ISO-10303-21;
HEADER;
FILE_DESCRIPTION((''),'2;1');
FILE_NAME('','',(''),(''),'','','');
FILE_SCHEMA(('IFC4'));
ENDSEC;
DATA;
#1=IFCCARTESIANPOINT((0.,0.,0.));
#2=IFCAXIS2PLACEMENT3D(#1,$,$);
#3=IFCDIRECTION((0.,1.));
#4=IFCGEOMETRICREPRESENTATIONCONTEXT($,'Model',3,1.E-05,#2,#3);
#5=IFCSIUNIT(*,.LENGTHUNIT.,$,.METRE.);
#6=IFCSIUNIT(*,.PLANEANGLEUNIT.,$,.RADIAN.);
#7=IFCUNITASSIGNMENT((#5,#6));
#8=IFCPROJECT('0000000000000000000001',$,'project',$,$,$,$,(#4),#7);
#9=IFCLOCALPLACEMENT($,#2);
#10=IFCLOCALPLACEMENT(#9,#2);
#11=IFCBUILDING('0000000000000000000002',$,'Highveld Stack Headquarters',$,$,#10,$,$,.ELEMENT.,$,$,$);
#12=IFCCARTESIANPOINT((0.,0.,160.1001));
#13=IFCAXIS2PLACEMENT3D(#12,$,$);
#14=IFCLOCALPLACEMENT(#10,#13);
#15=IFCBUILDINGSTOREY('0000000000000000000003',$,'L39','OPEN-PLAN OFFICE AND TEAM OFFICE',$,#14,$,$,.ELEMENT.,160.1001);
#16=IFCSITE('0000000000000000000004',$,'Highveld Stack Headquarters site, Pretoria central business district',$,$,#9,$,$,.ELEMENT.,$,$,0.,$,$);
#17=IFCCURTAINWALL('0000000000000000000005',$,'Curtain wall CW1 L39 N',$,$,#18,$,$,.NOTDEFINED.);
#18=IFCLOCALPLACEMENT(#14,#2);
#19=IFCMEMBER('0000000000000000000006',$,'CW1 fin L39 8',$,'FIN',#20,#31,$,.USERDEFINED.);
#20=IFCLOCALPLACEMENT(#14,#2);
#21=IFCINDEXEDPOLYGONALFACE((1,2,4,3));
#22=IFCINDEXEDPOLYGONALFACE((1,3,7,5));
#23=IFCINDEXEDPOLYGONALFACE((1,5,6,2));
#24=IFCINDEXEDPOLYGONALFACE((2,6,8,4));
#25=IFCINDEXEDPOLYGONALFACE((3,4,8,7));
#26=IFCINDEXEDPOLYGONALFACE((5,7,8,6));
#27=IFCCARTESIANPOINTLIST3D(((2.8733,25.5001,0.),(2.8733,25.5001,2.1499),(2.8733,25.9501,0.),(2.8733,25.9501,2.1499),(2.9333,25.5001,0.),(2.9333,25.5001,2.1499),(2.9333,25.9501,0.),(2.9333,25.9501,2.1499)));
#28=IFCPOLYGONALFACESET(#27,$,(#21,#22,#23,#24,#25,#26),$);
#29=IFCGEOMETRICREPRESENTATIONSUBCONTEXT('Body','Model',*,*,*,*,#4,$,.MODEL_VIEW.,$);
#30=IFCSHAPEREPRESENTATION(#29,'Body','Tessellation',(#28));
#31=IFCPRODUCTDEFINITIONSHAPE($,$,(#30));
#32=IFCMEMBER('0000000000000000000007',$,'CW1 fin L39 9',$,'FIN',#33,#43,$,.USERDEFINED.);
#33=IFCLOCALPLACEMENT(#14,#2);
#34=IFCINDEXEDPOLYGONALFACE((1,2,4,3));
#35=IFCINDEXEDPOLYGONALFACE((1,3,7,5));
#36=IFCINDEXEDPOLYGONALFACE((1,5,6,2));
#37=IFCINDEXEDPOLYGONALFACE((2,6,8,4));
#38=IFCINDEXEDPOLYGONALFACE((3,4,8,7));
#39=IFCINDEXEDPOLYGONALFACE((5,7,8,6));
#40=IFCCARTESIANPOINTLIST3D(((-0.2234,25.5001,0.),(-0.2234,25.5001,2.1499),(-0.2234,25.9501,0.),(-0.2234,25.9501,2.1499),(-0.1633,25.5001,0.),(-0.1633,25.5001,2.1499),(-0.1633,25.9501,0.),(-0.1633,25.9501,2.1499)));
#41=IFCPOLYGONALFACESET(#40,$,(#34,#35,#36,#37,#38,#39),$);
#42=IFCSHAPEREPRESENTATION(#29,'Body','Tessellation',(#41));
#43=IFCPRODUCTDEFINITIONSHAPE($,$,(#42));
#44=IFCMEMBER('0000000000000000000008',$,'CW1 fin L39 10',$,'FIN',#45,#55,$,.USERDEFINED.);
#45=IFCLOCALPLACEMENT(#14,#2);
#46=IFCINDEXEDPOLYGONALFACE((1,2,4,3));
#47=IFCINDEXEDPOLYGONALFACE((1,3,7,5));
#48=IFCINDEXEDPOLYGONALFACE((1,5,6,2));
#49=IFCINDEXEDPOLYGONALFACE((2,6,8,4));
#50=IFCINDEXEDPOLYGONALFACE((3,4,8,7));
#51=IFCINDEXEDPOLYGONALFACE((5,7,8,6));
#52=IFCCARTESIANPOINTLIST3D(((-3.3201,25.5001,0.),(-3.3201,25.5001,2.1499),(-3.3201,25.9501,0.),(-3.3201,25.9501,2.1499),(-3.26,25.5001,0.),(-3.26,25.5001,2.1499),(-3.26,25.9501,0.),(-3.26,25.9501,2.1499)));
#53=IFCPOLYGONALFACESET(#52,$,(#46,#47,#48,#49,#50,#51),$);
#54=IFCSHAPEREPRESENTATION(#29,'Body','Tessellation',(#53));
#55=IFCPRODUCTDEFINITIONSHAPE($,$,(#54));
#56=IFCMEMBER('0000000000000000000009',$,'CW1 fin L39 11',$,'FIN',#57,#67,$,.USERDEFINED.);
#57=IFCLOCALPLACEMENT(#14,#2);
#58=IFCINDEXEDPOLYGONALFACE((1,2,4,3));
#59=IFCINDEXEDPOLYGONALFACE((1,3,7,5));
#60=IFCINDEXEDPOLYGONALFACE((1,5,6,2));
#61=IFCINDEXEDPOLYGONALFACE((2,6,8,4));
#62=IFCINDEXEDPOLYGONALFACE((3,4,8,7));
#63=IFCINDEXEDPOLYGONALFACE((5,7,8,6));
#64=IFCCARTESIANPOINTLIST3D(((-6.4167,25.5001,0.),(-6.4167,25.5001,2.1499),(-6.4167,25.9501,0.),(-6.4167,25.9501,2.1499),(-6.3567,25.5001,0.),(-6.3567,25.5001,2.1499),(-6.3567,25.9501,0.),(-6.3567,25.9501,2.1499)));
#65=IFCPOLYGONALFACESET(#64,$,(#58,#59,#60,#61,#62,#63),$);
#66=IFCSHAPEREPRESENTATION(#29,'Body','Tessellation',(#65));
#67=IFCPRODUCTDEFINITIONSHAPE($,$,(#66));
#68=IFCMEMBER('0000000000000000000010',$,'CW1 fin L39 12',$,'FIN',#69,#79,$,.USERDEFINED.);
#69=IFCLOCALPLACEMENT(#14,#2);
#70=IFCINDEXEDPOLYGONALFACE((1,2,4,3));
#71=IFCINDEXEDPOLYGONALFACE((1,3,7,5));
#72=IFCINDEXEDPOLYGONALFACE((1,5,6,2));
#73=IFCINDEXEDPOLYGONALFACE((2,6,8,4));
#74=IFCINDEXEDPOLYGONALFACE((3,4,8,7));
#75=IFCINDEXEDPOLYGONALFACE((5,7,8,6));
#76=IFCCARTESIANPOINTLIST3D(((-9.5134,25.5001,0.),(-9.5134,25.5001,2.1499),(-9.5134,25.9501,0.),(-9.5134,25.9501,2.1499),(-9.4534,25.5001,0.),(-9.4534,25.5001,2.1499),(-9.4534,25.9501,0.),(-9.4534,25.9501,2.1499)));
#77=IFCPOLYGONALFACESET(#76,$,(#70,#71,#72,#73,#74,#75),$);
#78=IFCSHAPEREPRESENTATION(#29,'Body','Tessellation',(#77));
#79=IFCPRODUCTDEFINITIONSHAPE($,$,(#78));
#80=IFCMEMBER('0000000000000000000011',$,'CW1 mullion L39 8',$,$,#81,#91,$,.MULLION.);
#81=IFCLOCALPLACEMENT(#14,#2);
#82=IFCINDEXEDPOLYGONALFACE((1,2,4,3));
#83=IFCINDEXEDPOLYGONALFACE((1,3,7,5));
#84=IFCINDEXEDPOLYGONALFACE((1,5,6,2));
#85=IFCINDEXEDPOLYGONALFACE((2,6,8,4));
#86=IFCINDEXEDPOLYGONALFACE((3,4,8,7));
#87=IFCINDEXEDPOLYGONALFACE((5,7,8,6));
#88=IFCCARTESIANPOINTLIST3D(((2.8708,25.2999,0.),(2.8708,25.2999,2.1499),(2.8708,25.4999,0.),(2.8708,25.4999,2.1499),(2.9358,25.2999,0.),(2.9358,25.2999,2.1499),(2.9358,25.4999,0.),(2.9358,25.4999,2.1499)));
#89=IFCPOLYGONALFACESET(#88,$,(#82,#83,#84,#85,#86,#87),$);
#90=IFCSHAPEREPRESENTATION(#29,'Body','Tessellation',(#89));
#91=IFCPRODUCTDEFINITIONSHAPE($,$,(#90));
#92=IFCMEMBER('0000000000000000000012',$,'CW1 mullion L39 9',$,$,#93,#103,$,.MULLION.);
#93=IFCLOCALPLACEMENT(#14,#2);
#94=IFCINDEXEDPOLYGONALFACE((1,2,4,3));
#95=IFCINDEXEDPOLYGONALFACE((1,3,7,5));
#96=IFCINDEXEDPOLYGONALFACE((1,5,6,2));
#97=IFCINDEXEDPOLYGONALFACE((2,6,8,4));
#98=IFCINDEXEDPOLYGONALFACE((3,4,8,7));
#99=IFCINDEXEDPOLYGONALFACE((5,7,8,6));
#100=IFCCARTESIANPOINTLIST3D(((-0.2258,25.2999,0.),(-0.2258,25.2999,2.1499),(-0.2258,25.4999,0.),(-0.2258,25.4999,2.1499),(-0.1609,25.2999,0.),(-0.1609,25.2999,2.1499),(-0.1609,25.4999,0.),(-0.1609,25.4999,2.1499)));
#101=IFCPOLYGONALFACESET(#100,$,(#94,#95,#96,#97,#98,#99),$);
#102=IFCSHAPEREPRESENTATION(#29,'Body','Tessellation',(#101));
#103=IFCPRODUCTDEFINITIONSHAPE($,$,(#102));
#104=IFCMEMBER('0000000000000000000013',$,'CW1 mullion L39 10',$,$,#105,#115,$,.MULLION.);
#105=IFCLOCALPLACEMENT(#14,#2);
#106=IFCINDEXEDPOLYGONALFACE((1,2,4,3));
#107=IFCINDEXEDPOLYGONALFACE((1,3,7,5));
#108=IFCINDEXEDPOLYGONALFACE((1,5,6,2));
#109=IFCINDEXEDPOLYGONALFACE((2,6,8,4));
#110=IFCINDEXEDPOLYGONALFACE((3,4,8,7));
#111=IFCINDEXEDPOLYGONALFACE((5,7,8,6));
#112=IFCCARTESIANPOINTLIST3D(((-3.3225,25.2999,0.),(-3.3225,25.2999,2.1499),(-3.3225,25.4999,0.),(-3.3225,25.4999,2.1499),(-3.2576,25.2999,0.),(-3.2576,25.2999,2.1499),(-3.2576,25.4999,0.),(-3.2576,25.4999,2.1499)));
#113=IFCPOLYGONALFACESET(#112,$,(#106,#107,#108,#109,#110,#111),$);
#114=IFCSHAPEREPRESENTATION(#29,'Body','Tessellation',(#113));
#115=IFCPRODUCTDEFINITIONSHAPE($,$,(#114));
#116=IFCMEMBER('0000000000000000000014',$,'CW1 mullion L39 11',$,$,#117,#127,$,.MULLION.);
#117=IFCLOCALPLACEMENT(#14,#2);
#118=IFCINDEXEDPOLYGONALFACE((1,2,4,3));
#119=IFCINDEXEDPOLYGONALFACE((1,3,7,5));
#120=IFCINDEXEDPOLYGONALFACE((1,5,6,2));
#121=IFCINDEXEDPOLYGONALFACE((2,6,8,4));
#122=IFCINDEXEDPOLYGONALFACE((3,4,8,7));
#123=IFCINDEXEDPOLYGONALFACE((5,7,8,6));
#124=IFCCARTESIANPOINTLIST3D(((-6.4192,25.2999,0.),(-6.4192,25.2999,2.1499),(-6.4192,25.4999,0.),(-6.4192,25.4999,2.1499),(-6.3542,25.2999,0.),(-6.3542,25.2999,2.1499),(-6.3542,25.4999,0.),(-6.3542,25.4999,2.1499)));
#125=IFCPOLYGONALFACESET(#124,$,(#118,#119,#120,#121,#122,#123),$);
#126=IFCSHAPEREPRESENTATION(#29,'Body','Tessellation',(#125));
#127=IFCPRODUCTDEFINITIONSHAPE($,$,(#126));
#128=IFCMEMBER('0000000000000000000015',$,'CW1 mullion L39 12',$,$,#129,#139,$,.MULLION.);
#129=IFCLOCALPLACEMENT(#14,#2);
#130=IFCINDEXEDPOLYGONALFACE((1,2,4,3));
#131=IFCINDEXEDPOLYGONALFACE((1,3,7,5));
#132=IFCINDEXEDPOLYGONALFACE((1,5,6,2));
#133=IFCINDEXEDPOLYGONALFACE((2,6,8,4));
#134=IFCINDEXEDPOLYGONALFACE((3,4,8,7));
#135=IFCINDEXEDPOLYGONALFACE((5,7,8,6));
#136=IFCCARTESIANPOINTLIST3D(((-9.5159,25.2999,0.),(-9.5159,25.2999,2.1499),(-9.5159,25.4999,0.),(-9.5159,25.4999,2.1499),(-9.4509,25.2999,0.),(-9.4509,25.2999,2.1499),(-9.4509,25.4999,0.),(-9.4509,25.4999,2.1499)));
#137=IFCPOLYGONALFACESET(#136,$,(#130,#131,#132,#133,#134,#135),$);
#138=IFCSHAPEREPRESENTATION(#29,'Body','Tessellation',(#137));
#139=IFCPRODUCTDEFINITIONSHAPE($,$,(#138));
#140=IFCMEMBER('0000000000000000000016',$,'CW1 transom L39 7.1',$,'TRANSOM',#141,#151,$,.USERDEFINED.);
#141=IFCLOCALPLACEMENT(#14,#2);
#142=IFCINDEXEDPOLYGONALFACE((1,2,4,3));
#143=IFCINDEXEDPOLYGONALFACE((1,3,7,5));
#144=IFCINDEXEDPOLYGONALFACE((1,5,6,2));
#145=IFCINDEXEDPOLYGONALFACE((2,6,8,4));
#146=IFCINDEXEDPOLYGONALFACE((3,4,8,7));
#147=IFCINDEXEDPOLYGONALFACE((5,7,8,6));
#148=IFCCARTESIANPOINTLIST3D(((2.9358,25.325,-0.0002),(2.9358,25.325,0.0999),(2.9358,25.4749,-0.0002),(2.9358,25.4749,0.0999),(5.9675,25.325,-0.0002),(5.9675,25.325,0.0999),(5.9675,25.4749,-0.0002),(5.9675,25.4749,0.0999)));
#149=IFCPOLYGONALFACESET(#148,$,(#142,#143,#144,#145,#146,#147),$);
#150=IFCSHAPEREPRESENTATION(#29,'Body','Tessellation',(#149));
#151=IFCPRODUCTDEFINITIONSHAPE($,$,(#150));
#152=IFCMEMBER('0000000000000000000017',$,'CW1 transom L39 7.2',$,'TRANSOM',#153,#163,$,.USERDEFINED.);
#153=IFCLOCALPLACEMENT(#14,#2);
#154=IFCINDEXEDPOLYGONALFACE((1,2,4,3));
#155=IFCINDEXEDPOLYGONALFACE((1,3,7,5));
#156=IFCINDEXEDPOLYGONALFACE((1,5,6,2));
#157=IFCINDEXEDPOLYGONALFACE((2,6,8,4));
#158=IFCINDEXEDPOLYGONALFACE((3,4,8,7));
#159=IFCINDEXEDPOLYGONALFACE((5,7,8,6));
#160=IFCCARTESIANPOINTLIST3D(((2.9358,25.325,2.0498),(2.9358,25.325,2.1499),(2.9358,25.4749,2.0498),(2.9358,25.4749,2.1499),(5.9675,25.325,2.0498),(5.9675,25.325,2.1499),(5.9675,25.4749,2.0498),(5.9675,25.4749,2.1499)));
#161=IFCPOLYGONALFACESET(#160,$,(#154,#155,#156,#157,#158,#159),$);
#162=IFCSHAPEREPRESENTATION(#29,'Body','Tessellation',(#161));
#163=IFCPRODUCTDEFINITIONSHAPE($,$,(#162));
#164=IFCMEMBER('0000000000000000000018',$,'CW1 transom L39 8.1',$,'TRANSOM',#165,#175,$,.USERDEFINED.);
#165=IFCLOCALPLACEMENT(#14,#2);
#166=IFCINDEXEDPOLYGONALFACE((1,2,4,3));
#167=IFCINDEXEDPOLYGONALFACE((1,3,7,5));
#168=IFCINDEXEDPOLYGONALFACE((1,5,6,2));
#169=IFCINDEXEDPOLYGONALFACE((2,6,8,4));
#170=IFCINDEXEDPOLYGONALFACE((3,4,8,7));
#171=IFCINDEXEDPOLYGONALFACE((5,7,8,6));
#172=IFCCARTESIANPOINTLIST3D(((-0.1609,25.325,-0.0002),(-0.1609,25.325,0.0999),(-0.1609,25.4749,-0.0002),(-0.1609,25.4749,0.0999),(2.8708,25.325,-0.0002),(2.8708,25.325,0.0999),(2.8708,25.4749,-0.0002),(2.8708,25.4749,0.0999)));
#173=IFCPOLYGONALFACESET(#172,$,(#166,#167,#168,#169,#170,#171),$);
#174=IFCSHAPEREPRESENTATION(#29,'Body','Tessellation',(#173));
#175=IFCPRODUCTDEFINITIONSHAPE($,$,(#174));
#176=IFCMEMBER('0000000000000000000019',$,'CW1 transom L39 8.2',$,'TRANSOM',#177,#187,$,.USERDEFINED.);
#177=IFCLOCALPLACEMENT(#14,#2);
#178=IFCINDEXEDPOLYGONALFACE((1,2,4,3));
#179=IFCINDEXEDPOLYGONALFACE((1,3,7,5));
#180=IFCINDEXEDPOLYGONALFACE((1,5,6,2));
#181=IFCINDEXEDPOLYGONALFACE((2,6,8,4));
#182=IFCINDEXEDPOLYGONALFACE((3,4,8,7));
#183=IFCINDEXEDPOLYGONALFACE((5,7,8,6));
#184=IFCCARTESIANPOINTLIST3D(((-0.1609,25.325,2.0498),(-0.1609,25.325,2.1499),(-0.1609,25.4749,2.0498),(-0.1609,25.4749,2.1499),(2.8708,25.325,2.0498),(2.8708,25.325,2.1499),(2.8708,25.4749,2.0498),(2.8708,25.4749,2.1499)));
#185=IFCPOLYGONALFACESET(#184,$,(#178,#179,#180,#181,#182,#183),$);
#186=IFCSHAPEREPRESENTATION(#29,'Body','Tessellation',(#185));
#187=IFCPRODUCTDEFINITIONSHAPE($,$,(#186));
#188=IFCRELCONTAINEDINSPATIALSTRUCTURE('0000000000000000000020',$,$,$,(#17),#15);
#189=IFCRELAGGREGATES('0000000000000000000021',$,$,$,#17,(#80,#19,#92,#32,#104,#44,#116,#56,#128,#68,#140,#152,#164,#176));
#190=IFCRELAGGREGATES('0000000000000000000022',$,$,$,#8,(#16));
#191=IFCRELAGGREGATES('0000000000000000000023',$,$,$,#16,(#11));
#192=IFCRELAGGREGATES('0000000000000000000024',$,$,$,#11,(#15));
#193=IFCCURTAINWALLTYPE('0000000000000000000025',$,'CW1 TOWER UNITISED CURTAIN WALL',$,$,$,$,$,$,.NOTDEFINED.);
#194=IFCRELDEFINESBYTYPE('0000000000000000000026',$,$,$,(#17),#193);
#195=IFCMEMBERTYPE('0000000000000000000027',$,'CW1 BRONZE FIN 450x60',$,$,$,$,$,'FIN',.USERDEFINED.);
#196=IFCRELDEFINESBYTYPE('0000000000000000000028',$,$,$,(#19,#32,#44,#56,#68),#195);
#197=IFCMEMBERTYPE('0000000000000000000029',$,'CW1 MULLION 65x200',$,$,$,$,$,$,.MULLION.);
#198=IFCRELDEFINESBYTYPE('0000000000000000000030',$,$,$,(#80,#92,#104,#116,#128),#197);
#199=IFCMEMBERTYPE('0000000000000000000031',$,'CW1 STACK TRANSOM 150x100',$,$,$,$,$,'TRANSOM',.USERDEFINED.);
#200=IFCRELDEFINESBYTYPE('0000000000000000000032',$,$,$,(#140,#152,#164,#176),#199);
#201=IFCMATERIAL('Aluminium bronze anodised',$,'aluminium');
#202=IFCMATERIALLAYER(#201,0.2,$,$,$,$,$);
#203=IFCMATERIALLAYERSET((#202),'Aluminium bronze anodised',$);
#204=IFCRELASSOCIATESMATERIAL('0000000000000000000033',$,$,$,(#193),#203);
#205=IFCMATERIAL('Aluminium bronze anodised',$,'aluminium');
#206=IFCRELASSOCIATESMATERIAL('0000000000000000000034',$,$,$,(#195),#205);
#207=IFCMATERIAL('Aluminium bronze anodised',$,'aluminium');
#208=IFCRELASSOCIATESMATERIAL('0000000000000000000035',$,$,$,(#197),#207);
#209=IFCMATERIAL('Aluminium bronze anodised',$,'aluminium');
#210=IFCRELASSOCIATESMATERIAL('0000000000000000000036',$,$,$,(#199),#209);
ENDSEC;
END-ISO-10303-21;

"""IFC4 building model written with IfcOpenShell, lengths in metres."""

from ifc_helpers import new_model, si_unit, direction, frame, origin, origin_2d, place, context, subcontext, project, spatial, rectangle, extrude, material, layer, layer_set, material_profile, profile_set, type_object, element, aggregate, save


model = new_model("IFC4")

# Units and contexts
model_context = context("Model", 3, precision=1e-05, world=origin(), true_north=direction((0.0, 1.0)))
body_context = subcontext(model_context, "Body", "Model", "MODEL_VIEW")
ifc_project = project(units=[si_unit("LENGTHUNIT", "METRE"), si_unit("PLANEANGLEUNIT", "RADIAN")], contexts=[model_context])

# Site, building, storey
site_placement = place(None, origin())
site = spatial("IfcSite", under=ifc_project, at=site_placement, Name="Highveld Stack Headquarters site, Pretoria central business district", CompositionType="ELEMENT", RefElevation=0.0)
building_placement = place(site_placement, origin())
building = spatial("IfcBuilding", under=site, at=building_placement, Name="Highveld Stack Headquarters", CompositionType="ELEMENT")
storey_placement = place(building_placement, frame((0.0, 0.0, 160.1001)))
storey = spatial("IfcBuildingStorey", under=building, at=storey_placement, Name="L39", Description="OPEN-PLAN OFFICE AND TEAM OFFICE", CompositionType="ELEMENT", Elevation=160.1001)

# Curtain wall, members
ifc_material_1 = material(Name="Aluminium bronze anodised", Category="aluminium")
ifc_layer_1 = layer(ifc_material_1, 0.2)
ifc_layer_set_1 = layer_set([ifc_layer_1], Name="Aluminium bronze anodised")
curtain_wall_type = type_object("IfcCurtainWallType", Name="CW1 TOWER UNITISED CURTAIN WALL", PredefinedType="NOTDEFINED", material=ifc_layer_set_1)
curtain_wall_placement = place(storey_placement, origin())
curtain_wall = element("IfcCurtainWall", 1, at=curtain_wall_placement, inside=storey, type_object=curtain_wall_type, Name="Curtain wall CW1 L39 N", PredefinedType="NOTDEFINED")
ifc_material_2 = material(Name="Aluminium bronze anodised", Category="aluminium")
ifc_material_profile_1 = material_profile(ifc_material_2, rectangle(XDim=0.45, YDim=0.0601, at=origin_2d()), Name="FIN 450x60")
ifc_profile_set_1 = profile_set([ifc_material_profile_1], Name="Aluminium bronze anodised")
member_type_1 = type_object("IfcMemberType", Name="CW1 BRONZE FIN 450x60", ElementType="FIN", PredefinedType="USERDEFINED", material=ifc_profile_set_1)
member_1_placement = place(storey_placement, frame((2.9033, 25.7251, 0.0), z_axis=(0.0, 0.0, 1.0), x_axis=(0.0, -1.0, 0.0)))
member_1 = element("IfcMember", 2, at=member_1_placement, type_object=member_type_1, Name="CW1 fin L39 8", ObjectType="FIN", PredefinedType="USERDEFINED", context=body_context, shape_type="SweptSolid", body=[
    extrude(rectangle(XDim=0.45, YDim=0.0601, at=origin_2d()), origin(), (0.0, 0.0, 1.0), 2.1499),
])
member_2_placement = place(storey_placement, frame((-0.1934, 25.7251, 0.0), z_axis=(0.0, 0.0, 1.0), x_axis=(0.0, -1.0, 0.0)))
member_2 = element("IfcMember", 3, at=member_2_placement, type_object=member_type_1, Name="CW1 fin L39 9", ObjectType="FIN", PredefinedType="USERDEFINED", context=body_context, shape_type="SweptSolid", body=[
    extrude(rectangle(XDim=0.45, YDim=0.0601, at=origin_2d()), origin(), (0.0, 0.0, 1.0), 2.1499),
])
member_3_placement = place(storey_placement, frame((-3.29, 25.7251, 0.0), z_axis=(0.0, 0.0, 1.0), x_axis=(0.0, -1.0, 0.0)))
member_3 = element("IfcMember", 4, at=member_3_placement, type_object=member_type_1, Name="CW1 fin L39 10", ObjectType="FIN", PredefinedType="USERDEFINED", context=body_context, shape_type="SweptSolid", body=[
    extrude(rectangle(XDim=0.45, YDim=0.0601, at=origin_2d()), origin(), (0.0, 0.0, 1.0), 2.1499),
])
member_4_placement = place(storey_placement, frame((-6.3867, 25.7251, 0.0), z_axis=(0.0, 0.0, 1.0), x_axis=(0.0, -1.0, 0.0)))
member_4 = element("IfcMember", 5, at=member_4_placement, type_object=member_type_1, Name="CW1 fin L39 11", ObjectType="FIN", PredefinedType="USERDEFINED", context=body_context, shape_type="SweptSolid", body=[
    extrude(rectangle(XDim=0.45, YDim=0.0601, at=origin_2d()), origin(), (0.0, 0.0, 1.0), 2.1499),
])
member_5_placement = place(storey_placement, frame((-9.4834, 25.7251, 0.0), z_axis=(0.0, 0.0, 1.0), x_axis=(0.0, -1.0, 0.0)))
member_5 = element("IfcMember", 6, at=member_5_placement, type_object=member_type_1, Name="CW1 fin L39 12", ObjectType="FIN", PredefinedType="USERDEFINED", context=body_context, shape_type="SweptSolid", body=[
    extrude(rectangle(XDim=0.45, YDim=0.0601, at=origin_2d()), origin(), (0.0, 0.0, 1.0), 2.1499),
])
ifc_material_3 = material(Name="Aluminium bronze anodised", Category="aluminium")
ifc_material_profile_2 = material_profile(ifc_material_3, rectangle(XDim=0.2, YDim=0.0649, at=origin_2d()), Name="CW1 MULLION 65x200")
ifc_profile_set_2 = profile_set([ifc_material_profile_2], Name="Aluminium bronze anodised")
member_type_2 = type_object("IfcMemberType", Name="CW1 MULLION 65x200", PredefinedType="MULLION", material=ifc_profile_set_2)
member_6_placement = place(storey_placement, frame((2.9033, 25.3999, 0.0), z_axis=(0.0, 0.0, 1.0), x_axis=(0.0, -1.0, 0.0)))
member_6 = element("IfcMember", 7, at=member_6_placement, type_object=member_type_2, Name="CW1 mullion L39 8", PredefinedType="MULLION", context=body_context, shape_type="SweptSolid", body=[
    extrude(rectangle(XDim=0.2, YDim=0.0649, at=origin_2d()), origin(), (0.0, 0.0, 1.0), 2.1499),
])
member_7_placement = place(storey_placement, frame((-0.1934, 25.3999, 0.0), z_axis=(0.0, 0.0, 1.0), x_axis=(0.0, -1.0, 0.0)))
member_7 = element("IfcMember", 8, at=member_7_placement, type_object=member_type_2, Name="CW1 mullion L39 9", PredefinedType="MULLION", context=body_context, shape_type="SweptSolid", body=[
    extrude(rectangle(XDim=0.2, YDim=0.0649, at=origin_2d()), origin(), (0.0, 0.0, 1.0), 2.1499),
])
member_8_placement = place(storey_placement, frame((-3.29, 25.3999, 0.0), z_axis=(0.0, 0.0, 1.0), x_axis=(0.0, -1.0, 0.0)))
member_8 = element("IfcMember", 9, at=member_8_placement, type_object=member_type_2, Name="CW1 mullion L39 10", PredefinedType="MULLION", context=body_context, shape_type="SweptSolid", body=[
    extrude(rectangle(XDim=0.2, YDim=0.0649, at=origin_2d()), origin(), (0.0, 0.0, 1.0), 2.1499),
])
member_9_placement = place(storey_placement, frame((-6.3867, 25.3999, 0.0), z_axis=(0.0, 0.0, 1.0), x_axis=(0.0, -1.0, 0.0)))
member_9 = element("IfcMember", 10, at=member_9_placement, type_object=member_type_2, Name="CW1 mullion L39 11", PredefinedType="MULLION", context=body_context, shape_type="SweptSolid", body=[
    extrude(rectangle(XDim=0.2, YDim=0.0649, at=origin_2d()), origin(), (0.0, 0.0, 1.0), 2.1499),
])
member_10_placement = place(storey_placement, frame((-9.4834, 25.3999, 0.0), z_axis=(0.0, 0.0, 1.0), x_axis=(0.0, -1.0, 0.0)))
member_10 = element("IfcMember", 11, at=member_10_placement, type_object=member_type_2, Name="CW1 mullion L39 12", PredefinedType="MULLION", context=body_context, shape_type="SweptSolid", body=[
    extrude(rectangle(XDim=0.2, YDim=0.0649, at=origin_2d()), origin(), (0.0, 0.0, 1.0), 2.1499),
])
ifc_material_4 = material(Name="Aluminium bronze anodised", Category="aluminium")
ifc_material_profile_3 = material_profile(ifc_material_4, rectangle(XDim=0.1499, YDim=0.1001, at=origin_2d()), Name="CW1 TRANSOM 150x100")
ifc_profile_set_3 = profile_set([ifc_material_profile_3], Name="Aluminium bronze anodised")
member_type_3 = type_object("IfcMemberType", Name="CW1 STACK TRANSOM 150x100", ElementType="TRANSOM", PredefinedType="USERDEFINED", material=ifc_profile_set_3)
member_11_placement = place(storey_placement, frame((5.9675, 25.3999, 0.0498), z_axis=(-1.0, 0.0, 0.0), x_axis=(0.0, -1.0, 0.0)))
member_11 = element("IfcMember", 12, at=member_11_placement, type_object=member_type_3, Name="CW1 transom L39 7.1", ObjectType="TRANSOM", PredefinedType="USERDEFINED", context=body_context, shape_type="SweptSolid", body=[
    extrude(rectangle(XDim=0.1499, YDim=0.1001, at=origin_2d()), origin(), (0.0, 0.0, 1.0), 3.0317),
])
member_12_placement = place(storey_placement, frame((5.9675, 25.3999, 2.0999), z_axis=(-1.0, 0.0, 0.0), x_axis=(0.0, -1.0, 0.0)))
member_12 = element("IfcMember", 13, at=member_12_placement, type_object=member_type_3, Name="CW1 transom L39 7.2", ObjectType="TRANSOM", PredefinedType="USERDEFINED", context=body_context, shape_type="SweptSolid", body=[
    extrude(rectangle(XDim=0.1499, YDim=0.1001, at=origin_2d()), origin(), (0.0, 0.0, 1.0), 3.0317),
])
member_13_placement = place(storey_placement, frame((2.8708, 25.3999, 0.0498), z_axis=(-1.0, 0.0, 0.0), x_axis=(0.0, -1.0, 0.0)))
member_13 = element("IfcMember", 14, at=member_13_placement, type_object=member_type_3, Name="CW1 transom L39 8.1", ObjectType="TRANSOM", PredefinedType="USERDEFINED", context=body_context, shape_type="SweptSolid", body=[
    extrude(rectangle(XDim=0.1499, YDim=0.1001, at=origin_2d()), origin(), (0.0, 0.0, 1.0), 3.0317),
])
member_14_placement = place(storey_placement, frame((2.8708, 25.3999, 2.0999), z_axis=(-1.0, 0.0, 0.0), x_axis=(0.0, -1.0, 0.0)))
member_14 = element("IfcMember", 15, at=member_14_placement, type_object=member_type_3, Name="CW1 transom L39 8.2", ObjectType="TRANSOM", PredefinedType="USERDEFINED", context=body_context, shape_type="SweptSolid", body=[
    extrude(rectangle(XDim=0.1499, YDim=0.1001, at=origin_2d()), origin(), (0.0, 0.0, 1.0), 3.0317),
])
aggregate(curtain_wall, [member_6, member_1, member_7, member_2, member_8, member_3, member_9, member_4, member_10, member_5, member_11, member_12, member_13, member_14])

save(model, "model.ifc")
